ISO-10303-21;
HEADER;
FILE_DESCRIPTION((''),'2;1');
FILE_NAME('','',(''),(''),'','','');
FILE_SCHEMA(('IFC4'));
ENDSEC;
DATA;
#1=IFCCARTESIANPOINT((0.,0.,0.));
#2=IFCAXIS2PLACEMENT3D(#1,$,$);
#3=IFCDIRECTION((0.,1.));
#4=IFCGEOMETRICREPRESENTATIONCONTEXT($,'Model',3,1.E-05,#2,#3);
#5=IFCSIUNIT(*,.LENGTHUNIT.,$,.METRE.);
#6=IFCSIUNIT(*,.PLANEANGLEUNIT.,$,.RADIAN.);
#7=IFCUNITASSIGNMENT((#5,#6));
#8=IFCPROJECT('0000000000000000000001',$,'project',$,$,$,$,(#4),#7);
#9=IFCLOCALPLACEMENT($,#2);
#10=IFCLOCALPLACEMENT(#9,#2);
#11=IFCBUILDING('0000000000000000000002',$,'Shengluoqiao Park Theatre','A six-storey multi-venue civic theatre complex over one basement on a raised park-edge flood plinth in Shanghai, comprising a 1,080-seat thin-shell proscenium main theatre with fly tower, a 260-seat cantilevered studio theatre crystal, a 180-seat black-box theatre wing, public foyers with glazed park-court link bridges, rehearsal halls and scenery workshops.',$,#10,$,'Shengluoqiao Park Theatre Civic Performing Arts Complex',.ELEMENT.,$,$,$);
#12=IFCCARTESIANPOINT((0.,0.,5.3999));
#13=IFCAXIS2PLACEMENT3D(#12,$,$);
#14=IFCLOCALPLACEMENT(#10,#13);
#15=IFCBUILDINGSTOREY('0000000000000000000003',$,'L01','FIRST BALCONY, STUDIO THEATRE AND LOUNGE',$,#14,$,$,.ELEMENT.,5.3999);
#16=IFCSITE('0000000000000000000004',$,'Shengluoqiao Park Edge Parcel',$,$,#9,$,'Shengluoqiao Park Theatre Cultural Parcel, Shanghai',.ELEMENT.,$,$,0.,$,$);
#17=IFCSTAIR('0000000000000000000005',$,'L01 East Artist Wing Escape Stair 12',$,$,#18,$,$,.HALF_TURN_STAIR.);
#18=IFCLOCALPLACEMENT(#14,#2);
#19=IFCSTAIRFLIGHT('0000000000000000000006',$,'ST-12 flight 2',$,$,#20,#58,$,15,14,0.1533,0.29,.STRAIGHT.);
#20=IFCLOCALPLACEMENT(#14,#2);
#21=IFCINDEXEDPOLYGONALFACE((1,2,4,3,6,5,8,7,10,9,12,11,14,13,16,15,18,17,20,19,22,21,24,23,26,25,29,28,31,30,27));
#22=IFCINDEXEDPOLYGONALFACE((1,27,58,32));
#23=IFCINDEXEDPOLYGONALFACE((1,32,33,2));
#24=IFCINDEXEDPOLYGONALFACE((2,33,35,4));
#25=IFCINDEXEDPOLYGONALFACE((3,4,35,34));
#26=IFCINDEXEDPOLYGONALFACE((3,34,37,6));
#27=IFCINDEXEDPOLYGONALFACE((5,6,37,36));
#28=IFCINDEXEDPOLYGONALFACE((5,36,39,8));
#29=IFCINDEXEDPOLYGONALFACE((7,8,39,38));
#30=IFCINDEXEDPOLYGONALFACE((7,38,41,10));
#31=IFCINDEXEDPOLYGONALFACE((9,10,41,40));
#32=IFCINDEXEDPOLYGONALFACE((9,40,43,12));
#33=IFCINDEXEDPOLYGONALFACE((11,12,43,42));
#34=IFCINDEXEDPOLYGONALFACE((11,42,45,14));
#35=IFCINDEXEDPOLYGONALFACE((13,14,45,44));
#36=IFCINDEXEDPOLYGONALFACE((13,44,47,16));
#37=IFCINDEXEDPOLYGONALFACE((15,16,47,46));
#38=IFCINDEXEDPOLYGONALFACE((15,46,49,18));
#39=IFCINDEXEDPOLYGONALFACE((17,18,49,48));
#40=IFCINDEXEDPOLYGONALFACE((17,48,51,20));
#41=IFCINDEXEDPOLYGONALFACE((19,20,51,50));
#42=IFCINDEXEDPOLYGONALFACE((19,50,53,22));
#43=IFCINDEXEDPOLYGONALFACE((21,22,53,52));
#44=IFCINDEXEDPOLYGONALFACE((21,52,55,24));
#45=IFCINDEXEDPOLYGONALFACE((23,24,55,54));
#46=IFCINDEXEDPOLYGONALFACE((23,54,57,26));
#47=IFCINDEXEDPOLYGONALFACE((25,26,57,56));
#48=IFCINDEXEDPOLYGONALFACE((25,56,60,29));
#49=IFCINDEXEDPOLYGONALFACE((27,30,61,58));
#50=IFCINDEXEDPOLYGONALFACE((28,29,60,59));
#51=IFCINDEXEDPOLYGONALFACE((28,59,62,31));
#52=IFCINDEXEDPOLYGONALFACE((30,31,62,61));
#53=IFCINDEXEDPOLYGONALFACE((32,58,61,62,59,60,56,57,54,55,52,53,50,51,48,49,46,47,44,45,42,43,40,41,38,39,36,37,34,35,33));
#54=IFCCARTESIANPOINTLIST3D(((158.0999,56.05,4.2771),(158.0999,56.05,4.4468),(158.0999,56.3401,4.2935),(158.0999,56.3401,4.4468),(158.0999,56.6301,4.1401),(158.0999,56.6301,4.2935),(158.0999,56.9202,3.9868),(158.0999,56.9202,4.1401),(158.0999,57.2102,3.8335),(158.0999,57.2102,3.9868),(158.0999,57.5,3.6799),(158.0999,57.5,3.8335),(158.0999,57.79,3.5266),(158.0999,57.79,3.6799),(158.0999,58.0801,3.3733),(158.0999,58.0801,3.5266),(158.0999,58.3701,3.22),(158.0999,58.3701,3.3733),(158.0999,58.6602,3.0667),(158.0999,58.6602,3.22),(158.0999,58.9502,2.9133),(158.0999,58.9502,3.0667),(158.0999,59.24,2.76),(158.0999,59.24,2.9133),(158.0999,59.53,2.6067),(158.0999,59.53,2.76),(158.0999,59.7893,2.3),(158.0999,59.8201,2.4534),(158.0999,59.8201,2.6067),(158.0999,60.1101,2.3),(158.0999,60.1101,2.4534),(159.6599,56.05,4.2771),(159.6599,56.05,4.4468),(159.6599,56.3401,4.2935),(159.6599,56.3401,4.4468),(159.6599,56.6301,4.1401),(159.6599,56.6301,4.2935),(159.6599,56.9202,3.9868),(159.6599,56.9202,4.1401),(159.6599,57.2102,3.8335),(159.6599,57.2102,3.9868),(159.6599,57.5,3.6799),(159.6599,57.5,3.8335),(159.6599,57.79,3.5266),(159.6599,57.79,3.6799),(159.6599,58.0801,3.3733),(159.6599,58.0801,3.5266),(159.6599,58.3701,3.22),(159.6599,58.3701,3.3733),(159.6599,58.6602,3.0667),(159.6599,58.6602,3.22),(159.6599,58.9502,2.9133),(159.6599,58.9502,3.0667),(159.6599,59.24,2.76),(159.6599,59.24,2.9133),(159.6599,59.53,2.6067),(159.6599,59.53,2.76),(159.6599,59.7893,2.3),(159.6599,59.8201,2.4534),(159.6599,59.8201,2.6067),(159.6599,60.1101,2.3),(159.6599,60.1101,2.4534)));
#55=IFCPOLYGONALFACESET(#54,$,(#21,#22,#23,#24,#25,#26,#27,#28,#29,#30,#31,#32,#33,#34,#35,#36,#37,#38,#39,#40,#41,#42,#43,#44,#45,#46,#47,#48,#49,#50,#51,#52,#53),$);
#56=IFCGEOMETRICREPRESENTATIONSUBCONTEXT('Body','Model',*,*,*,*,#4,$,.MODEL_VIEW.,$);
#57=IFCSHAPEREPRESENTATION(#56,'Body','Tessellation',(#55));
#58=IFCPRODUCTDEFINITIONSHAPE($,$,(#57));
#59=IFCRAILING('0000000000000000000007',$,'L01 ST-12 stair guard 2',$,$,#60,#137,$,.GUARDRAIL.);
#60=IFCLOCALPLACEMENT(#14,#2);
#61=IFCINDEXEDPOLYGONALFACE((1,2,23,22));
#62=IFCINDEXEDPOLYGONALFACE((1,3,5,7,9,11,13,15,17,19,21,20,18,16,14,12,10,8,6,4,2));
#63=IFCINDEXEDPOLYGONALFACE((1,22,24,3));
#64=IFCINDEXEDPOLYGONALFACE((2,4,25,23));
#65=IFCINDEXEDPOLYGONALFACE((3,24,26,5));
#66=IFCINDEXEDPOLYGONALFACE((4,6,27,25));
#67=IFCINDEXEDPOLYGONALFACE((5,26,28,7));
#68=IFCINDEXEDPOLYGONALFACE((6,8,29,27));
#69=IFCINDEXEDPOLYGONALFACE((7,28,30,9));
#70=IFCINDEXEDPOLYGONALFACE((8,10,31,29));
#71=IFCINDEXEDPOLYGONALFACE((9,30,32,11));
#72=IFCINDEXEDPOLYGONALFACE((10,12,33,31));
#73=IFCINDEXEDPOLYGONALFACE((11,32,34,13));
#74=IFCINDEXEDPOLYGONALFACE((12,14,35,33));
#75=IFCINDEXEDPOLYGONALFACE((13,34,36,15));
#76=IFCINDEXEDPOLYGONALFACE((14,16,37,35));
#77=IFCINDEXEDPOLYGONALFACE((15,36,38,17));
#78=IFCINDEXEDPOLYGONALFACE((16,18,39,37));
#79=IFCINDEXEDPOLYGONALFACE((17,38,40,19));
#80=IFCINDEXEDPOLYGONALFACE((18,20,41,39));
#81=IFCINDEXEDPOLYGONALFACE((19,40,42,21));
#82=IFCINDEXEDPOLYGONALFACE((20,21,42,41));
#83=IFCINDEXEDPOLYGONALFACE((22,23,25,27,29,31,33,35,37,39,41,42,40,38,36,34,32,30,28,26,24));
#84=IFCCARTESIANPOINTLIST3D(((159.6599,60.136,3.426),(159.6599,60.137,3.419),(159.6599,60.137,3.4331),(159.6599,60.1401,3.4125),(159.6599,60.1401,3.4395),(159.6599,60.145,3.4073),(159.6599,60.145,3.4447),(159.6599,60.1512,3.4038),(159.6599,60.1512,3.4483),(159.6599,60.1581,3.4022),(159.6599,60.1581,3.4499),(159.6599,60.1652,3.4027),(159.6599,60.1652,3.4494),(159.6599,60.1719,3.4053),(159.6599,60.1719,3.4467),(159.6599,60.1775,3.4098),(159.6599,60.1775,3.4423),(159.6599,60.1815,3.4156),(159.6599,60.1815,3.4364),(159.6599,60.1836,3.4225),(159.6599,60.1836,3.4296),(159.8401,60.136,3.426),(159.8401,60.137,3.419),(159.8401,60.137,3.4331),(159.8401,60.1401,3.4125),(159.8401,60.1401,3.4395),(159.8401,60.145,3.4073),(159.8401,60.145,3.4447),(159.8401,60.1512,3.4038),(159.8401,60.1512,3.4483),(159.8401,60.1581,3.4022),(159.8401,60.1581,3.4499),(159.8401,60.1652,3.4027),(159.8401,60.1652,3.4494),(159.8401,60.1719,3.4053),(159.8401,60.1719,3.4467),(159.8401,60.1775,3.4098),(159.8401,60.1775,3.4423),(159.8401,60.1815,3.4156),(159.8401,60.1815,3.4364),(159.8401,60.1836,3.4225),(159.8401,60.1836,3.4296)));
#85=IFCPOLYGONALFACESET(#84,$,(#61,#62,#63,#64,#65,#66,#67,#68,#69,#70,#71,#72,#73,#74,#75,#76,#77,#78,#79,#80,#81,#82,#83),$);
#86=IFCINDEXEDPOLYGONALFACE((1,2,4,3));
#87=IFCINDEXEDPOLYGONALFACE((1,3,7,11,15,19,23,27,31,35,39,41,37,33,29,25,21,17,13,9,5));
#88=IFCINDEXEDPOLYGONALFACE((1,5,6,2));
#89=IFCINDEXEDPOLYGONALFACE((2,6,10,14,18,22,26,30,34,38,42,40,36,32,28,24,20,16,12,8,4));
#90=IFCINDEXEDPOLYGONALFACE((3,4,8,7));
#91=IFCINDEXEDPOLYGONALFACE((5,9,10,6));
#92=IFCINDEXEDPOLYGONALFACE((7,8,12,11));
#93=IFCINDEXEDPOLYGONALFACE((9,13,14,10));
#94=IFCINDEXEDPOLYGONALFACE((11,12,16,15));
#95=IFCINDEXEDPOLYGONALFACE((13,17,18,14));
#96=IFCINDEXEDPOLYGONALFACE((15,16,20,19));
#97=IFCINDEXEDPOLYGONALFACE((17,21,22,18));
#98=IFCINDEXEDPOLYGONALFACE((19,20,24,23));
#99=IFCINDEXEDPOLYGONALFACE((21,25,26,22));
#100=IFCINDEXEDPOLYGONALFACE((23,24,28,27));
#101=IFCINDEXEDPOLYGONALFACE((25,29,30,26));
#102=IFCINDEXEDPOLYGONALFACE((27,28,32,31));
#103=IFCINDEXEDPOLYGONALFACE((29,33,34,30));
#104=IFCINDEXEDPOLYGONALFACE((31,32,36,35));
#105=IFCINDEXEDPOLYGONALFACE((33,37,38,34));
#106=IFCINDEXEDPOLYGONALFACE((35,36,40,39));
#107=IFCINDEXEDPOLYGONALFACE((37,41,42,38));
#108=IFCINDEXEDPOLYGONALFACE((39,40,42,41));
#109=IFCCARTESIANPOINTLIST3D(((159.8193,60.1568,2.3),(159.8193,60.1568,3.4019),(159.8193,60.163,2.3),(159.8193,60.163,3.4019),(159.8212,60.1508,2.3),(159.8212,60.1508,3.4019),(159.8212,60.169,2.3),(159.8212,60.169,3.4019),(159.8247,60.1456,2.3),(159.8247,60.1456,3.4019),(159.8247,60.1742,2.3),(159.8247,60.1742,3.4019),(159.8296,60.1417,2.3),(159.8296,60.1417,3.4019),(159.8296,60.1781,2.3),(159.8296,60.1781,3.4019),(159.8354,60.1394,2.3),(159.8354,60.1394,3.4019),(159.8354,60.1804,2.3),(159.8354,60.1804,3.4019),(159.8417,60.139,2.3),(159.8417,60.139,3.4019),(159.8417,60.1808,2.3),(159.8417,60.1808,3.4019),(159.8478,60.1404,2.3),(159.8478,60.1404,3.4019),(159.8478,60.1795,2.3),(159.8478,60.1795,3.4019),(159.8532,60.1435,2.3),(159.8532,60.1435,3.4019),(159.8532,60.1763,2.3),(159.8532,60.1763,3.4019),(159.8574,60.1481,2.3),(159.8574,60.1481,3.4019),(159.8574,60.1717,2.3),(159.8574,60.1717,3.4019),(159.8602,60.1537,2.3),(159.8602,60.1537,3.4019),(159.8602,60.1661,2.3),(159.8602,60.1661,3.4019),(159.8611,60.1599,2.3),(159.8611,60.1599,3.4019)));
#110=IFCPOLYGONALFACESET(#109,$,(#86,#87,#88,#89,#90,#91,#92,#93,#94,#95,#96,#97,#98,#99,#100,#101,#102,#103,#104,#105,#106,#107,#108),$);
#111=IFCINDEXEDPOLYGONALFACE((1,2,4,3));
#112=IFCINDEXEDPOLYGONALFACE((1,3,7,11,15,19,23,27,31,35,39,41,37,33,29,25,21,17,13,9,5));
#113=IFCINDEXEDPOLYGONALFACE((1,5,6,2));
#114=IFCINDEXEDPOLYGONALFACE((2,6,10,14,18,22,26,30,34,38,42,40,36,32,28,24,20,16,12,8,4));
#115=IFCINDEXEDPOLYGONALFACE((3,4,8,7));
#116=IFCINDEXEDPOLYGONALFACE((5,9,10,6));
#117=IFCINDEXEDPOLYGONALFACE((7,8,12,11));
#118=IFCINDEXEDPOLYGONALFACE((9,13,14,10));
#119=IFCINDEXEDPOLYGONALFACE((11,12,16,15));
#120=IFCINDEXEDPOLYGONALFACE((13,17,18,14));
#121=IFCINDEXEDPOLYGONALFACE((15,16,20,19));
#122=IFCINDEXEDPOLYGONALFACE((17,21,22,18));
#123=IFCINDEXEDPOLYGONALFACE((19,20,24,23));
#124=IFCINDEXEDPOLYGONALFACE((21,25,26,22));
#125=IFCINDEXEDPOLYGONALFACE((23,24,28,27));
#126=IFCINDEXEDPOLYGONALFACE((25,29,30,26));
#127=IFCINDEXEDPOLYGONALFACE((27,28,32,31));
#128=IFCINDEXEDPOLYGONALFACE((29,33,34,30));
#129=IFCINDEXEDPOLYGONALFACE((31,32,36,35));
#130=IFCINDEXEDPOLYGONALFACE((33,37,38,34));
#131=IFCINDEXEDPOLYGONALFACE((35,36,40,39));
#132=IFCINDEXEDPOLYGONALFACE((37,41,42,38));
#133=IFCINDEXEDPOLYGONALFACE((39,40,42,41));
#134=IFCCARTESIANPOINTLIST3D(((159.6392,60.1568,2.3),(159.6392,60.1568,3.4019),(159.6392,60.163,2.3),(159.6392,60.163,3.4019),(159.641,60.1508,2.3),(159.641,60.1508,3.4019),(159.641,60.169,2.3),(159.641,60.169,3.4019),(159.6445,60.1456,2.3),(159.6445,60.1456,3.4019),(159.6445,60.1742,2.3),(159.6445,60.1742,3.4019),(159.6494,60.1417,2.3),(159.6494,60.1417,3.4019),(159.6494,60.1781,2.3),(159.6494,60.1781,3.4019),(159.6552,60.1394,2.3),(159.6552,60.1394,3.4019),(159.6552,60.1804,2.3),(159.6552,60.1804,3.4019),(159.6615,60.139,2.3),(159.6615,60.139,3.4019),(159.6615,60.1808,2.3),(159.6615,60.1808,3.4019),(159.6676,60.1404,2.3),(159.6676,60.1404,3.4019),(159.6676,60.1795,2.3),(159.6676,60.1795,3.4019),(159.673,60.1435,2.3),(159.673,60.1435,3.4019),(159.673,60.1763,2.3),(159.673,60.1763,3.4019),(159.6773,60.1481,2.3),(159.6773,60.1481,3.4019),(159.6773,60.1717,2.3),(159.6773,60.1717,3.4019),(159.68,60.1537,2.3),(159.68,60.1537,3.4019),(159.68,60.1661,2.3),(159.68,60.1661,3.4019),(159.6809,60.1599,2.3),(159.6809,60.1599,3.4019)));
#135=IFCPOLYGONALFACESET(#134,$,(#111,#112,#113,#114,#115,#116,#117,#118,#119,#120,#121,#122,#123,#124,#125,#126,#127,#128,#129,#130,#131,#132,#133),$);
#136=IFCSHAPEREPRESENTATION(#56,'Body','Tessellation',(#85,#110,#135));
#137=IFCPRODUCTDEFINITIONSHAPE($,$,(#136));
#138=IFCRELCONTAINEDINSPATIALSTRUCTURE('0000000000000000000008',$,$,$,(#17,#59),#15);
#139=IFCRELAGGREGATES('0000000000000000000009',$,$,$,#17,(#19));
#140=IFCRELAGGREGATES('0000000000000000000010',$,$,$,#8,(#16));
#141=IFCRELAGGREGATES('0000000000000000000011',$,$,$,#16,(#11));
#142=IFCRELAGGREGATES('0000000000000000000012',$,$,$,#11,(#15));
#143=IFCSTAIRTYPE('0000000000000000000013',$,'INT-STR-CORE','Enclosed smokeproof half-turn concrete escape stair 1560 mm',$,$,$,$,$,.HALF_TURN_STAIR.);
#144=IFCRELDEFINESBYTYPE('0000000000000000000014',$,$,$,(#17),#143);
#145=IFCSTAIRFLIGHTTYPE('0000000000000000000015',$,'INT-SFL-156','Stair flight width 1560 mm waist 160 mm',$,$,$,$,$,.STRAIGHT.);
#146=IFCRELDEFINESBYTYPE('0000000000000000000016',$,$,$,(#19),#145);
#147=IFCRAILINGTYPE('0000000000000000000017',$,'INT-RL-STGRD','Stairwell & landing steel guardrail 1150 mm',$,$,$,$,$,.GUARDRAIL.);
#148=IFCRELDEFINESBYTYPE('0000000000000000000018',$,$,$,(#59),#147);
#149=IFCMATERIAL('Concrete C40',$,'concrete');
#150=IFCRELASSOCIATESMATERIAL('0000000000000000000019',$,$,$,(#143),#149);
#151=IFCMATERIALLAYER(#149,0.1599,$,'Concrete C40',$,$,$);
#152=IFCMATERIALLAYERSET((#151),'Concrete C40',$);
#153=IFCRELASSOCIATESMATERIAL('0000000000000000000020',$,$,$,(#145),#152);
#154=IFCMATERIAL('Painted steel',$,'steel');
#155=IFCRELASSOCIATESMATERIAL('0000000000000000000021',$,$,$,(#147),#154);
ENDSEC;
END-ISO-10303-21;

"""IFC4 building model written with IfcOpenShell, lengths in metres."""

from ifc_helpers import new_model, si_unit, direction, frame, origin, origin_2d, place, context, subcontext, project, spatial, polyline, circle, outline, extrude, material, layer, layer_set, type_object, element, aggregate, save


model = new_model("IFC4")

# Units and contexts
model_context = context("Model", 3, precision=1e-05, world=origin(), true_north=direction((0.0, 1.0)))
body_context = subcontext(model_context, "Body", "Model", "MODEL_VIEW")
ifc_project = project(units=[si_unit("LENGTHUNIT", "METRE"), si_unit("PLANEANGLEUNIT", "RADIAN")], contexts=[model_context])

# Site, building, storey
site_placement = place(None, origin())
site = spatial("IfcSite", under=ifc_project, at=site_placement, Name="Shengluoqiao Park Edge Parcel", LongName="Shengluoqiao Park Theatre Cultural Parcel, Shanghai", CompositionType="ELEMENT", RefElevation=0.0)
building_placement = place(site_placement, origin())
building = spatial("IfcBuilding", under=site, at=building_placement, Name="Shengluoqiao Park Theatre", Description="A six-storey multi-venue civic theatre complex over one basement on a raised park-edge flood plinth in Shanghai, comprising a 1,080-seat thin-shell proscenium main theatre with fly tower, a 260-seat cantilevered studio theatre crystal, a 180-seat black-box theatre wing, public foyers with glazed park-court link bridges, rehearsal halls and scenery workshops.", LongName="Shengluoqiao Park Theatre Civic Performing Arts Complex", CompositionType="ELEMENT")
storey_placement = place(building_placement, frame((0.0, 0.0, 5.3999)))
storey = spatial("IfcBuildingStorey", under=building, at=storey_placement, Name="L01", Description="FIRST BALCONY, STUDIO THEATRE AND LOUNGE", CompositionType="ELEMENT", Elevation=5.3999)

# Shared definitions
ifc_material_1 = material(Name="Concrete C40", Category="concrete")

# Stair, stair flight
stair_type = type_object("IfcStairType", Name="INT-STR-CORE", Description="Enclosed smokeproof half-turn concrete escape stair 1560 mm", PredefinedType="HALF_TURN_STAIR", material=ifc_material_1)
stair_placement = place(storey_placement, origin())
stair = element("IfcStair", 1, at=stair_placement, inside=storey, type_object=stair_type, Name="L01 East Artist Wing Escape Stair 12", PredefinedType="HALF_TURN_STAIR")
ifc_layer_1 = layer(ifc_material_1, 0.1599, Name="Concrete C40")
ifc_layer_set_1 = layer_set([ifc_layer_1], Name="Concrete C40")
stair_flight_type = type_object("IfcStairFlightType", Name="INT-SFL-156", Description="Stair flight width 1560 mm waist 160 mm", PredefinedType="STRAIGHT", material=ifc_layer_set_1)
stair_flight_placement = place(storey_placement, frame((158.8799, 60.1101, 2.3), z_axis=(0.0, 0.0, 1.0), x_axis=(0.0, -1.0, 0.0)))
stair_flight = element("IfcStairFlight", 2, at=stair_flight_placement, type_object=stair_flight_type, Name="ST-12 flight 2", NumberOfRisers=15, NumberOfTreads=14, PredefinedType="STRAIGHT", RiserHeight=0.1533, TreadLength=0.29, context=body_context, shape_type="SweptSolid", body=[
    extrude(outline(polyline([(0.0, 0.0), (0.0, 0.1533), (0.29, 0.1533), (0.29, 0.3066), (0.5801, 0.3066), (0.5801, 0.46), (0.8701, 0.46), (0.8701, 0.6133), (1.1599, 0.6133), (1.1599, 0.7666), (1.45, 0.7666), (1.45, 0.9199), (1.74, 0.9199), (1.74, 1.0732), (2.03, 1.0732), (2.03, 1.2266), (2.3201, 1.2266), (2.3201, 1.3799), (2.6101, 1.3799), (2.6101, 1.5334), (2.8999, 1.5334), (2.8999, 1.6868), (3.1899, 1.6868), (3.1899, 1.8401), (3.48, 1.8401), (3.48, 1.9934), (3.77, 1.9934), (3.77, 2.1467), (4.0601, 2.1467), (4.0601, 2.3), (4.0601, 1.9771), (0.3208, 0.0), (0.0, 0.0)])), frame((0.0, 0.78, 0.0), z_axis=(0.0, -1.0, 0.0), x_axis=(1.0, 0.0, 0.0)), (0.0, 0.0, 1.0), 1.5601),
])
aggregate(stair, [stair_flight])

# Railing
ifc_material_2 = material(Name="Painted steel", Category="steel")
railing_type_1 = type_object("IfcRailingType", Name="INT-RL-STGRD", Description="Stairwell & landing steel guardrail 1150 mm", PredefinedType="GUARDRAIL", material=ifc_material_2)
railing_1_placement = place(storey_placement, frame((159.8401, 60.1599, 2.3)))
element("IfcRailing", 3, at=railing_1_placement, inside=storey, type_object=railing_type_1, Name="L01 ST-12 stair guard 2", PredefinedType="GUARDRAIL", context=body_context, shape_type="SweptSolid", body=[
    extrude(circle(Radius=0.0239, at=origin_2d()), frame((0.0, 0.0, 1.126), z_axis=(-1.0, 0.0, 0.0), x_axis=(0.0, -1.0, 0.0)), (0.0, 0.0, 1.0), 0.1802),
    extrude(circle(Radius=0.021, at=origin_2d()), origin(), (0.0, 0.0, 1.0), 1.1018),
    extrude(circle(Radius=0.021, at=origin_2d()), frame((-0.1802, 0.0, 0.0)), (0.0, 0.0, 1.0), 1.1018),
])

save(model, "model.ifc")
